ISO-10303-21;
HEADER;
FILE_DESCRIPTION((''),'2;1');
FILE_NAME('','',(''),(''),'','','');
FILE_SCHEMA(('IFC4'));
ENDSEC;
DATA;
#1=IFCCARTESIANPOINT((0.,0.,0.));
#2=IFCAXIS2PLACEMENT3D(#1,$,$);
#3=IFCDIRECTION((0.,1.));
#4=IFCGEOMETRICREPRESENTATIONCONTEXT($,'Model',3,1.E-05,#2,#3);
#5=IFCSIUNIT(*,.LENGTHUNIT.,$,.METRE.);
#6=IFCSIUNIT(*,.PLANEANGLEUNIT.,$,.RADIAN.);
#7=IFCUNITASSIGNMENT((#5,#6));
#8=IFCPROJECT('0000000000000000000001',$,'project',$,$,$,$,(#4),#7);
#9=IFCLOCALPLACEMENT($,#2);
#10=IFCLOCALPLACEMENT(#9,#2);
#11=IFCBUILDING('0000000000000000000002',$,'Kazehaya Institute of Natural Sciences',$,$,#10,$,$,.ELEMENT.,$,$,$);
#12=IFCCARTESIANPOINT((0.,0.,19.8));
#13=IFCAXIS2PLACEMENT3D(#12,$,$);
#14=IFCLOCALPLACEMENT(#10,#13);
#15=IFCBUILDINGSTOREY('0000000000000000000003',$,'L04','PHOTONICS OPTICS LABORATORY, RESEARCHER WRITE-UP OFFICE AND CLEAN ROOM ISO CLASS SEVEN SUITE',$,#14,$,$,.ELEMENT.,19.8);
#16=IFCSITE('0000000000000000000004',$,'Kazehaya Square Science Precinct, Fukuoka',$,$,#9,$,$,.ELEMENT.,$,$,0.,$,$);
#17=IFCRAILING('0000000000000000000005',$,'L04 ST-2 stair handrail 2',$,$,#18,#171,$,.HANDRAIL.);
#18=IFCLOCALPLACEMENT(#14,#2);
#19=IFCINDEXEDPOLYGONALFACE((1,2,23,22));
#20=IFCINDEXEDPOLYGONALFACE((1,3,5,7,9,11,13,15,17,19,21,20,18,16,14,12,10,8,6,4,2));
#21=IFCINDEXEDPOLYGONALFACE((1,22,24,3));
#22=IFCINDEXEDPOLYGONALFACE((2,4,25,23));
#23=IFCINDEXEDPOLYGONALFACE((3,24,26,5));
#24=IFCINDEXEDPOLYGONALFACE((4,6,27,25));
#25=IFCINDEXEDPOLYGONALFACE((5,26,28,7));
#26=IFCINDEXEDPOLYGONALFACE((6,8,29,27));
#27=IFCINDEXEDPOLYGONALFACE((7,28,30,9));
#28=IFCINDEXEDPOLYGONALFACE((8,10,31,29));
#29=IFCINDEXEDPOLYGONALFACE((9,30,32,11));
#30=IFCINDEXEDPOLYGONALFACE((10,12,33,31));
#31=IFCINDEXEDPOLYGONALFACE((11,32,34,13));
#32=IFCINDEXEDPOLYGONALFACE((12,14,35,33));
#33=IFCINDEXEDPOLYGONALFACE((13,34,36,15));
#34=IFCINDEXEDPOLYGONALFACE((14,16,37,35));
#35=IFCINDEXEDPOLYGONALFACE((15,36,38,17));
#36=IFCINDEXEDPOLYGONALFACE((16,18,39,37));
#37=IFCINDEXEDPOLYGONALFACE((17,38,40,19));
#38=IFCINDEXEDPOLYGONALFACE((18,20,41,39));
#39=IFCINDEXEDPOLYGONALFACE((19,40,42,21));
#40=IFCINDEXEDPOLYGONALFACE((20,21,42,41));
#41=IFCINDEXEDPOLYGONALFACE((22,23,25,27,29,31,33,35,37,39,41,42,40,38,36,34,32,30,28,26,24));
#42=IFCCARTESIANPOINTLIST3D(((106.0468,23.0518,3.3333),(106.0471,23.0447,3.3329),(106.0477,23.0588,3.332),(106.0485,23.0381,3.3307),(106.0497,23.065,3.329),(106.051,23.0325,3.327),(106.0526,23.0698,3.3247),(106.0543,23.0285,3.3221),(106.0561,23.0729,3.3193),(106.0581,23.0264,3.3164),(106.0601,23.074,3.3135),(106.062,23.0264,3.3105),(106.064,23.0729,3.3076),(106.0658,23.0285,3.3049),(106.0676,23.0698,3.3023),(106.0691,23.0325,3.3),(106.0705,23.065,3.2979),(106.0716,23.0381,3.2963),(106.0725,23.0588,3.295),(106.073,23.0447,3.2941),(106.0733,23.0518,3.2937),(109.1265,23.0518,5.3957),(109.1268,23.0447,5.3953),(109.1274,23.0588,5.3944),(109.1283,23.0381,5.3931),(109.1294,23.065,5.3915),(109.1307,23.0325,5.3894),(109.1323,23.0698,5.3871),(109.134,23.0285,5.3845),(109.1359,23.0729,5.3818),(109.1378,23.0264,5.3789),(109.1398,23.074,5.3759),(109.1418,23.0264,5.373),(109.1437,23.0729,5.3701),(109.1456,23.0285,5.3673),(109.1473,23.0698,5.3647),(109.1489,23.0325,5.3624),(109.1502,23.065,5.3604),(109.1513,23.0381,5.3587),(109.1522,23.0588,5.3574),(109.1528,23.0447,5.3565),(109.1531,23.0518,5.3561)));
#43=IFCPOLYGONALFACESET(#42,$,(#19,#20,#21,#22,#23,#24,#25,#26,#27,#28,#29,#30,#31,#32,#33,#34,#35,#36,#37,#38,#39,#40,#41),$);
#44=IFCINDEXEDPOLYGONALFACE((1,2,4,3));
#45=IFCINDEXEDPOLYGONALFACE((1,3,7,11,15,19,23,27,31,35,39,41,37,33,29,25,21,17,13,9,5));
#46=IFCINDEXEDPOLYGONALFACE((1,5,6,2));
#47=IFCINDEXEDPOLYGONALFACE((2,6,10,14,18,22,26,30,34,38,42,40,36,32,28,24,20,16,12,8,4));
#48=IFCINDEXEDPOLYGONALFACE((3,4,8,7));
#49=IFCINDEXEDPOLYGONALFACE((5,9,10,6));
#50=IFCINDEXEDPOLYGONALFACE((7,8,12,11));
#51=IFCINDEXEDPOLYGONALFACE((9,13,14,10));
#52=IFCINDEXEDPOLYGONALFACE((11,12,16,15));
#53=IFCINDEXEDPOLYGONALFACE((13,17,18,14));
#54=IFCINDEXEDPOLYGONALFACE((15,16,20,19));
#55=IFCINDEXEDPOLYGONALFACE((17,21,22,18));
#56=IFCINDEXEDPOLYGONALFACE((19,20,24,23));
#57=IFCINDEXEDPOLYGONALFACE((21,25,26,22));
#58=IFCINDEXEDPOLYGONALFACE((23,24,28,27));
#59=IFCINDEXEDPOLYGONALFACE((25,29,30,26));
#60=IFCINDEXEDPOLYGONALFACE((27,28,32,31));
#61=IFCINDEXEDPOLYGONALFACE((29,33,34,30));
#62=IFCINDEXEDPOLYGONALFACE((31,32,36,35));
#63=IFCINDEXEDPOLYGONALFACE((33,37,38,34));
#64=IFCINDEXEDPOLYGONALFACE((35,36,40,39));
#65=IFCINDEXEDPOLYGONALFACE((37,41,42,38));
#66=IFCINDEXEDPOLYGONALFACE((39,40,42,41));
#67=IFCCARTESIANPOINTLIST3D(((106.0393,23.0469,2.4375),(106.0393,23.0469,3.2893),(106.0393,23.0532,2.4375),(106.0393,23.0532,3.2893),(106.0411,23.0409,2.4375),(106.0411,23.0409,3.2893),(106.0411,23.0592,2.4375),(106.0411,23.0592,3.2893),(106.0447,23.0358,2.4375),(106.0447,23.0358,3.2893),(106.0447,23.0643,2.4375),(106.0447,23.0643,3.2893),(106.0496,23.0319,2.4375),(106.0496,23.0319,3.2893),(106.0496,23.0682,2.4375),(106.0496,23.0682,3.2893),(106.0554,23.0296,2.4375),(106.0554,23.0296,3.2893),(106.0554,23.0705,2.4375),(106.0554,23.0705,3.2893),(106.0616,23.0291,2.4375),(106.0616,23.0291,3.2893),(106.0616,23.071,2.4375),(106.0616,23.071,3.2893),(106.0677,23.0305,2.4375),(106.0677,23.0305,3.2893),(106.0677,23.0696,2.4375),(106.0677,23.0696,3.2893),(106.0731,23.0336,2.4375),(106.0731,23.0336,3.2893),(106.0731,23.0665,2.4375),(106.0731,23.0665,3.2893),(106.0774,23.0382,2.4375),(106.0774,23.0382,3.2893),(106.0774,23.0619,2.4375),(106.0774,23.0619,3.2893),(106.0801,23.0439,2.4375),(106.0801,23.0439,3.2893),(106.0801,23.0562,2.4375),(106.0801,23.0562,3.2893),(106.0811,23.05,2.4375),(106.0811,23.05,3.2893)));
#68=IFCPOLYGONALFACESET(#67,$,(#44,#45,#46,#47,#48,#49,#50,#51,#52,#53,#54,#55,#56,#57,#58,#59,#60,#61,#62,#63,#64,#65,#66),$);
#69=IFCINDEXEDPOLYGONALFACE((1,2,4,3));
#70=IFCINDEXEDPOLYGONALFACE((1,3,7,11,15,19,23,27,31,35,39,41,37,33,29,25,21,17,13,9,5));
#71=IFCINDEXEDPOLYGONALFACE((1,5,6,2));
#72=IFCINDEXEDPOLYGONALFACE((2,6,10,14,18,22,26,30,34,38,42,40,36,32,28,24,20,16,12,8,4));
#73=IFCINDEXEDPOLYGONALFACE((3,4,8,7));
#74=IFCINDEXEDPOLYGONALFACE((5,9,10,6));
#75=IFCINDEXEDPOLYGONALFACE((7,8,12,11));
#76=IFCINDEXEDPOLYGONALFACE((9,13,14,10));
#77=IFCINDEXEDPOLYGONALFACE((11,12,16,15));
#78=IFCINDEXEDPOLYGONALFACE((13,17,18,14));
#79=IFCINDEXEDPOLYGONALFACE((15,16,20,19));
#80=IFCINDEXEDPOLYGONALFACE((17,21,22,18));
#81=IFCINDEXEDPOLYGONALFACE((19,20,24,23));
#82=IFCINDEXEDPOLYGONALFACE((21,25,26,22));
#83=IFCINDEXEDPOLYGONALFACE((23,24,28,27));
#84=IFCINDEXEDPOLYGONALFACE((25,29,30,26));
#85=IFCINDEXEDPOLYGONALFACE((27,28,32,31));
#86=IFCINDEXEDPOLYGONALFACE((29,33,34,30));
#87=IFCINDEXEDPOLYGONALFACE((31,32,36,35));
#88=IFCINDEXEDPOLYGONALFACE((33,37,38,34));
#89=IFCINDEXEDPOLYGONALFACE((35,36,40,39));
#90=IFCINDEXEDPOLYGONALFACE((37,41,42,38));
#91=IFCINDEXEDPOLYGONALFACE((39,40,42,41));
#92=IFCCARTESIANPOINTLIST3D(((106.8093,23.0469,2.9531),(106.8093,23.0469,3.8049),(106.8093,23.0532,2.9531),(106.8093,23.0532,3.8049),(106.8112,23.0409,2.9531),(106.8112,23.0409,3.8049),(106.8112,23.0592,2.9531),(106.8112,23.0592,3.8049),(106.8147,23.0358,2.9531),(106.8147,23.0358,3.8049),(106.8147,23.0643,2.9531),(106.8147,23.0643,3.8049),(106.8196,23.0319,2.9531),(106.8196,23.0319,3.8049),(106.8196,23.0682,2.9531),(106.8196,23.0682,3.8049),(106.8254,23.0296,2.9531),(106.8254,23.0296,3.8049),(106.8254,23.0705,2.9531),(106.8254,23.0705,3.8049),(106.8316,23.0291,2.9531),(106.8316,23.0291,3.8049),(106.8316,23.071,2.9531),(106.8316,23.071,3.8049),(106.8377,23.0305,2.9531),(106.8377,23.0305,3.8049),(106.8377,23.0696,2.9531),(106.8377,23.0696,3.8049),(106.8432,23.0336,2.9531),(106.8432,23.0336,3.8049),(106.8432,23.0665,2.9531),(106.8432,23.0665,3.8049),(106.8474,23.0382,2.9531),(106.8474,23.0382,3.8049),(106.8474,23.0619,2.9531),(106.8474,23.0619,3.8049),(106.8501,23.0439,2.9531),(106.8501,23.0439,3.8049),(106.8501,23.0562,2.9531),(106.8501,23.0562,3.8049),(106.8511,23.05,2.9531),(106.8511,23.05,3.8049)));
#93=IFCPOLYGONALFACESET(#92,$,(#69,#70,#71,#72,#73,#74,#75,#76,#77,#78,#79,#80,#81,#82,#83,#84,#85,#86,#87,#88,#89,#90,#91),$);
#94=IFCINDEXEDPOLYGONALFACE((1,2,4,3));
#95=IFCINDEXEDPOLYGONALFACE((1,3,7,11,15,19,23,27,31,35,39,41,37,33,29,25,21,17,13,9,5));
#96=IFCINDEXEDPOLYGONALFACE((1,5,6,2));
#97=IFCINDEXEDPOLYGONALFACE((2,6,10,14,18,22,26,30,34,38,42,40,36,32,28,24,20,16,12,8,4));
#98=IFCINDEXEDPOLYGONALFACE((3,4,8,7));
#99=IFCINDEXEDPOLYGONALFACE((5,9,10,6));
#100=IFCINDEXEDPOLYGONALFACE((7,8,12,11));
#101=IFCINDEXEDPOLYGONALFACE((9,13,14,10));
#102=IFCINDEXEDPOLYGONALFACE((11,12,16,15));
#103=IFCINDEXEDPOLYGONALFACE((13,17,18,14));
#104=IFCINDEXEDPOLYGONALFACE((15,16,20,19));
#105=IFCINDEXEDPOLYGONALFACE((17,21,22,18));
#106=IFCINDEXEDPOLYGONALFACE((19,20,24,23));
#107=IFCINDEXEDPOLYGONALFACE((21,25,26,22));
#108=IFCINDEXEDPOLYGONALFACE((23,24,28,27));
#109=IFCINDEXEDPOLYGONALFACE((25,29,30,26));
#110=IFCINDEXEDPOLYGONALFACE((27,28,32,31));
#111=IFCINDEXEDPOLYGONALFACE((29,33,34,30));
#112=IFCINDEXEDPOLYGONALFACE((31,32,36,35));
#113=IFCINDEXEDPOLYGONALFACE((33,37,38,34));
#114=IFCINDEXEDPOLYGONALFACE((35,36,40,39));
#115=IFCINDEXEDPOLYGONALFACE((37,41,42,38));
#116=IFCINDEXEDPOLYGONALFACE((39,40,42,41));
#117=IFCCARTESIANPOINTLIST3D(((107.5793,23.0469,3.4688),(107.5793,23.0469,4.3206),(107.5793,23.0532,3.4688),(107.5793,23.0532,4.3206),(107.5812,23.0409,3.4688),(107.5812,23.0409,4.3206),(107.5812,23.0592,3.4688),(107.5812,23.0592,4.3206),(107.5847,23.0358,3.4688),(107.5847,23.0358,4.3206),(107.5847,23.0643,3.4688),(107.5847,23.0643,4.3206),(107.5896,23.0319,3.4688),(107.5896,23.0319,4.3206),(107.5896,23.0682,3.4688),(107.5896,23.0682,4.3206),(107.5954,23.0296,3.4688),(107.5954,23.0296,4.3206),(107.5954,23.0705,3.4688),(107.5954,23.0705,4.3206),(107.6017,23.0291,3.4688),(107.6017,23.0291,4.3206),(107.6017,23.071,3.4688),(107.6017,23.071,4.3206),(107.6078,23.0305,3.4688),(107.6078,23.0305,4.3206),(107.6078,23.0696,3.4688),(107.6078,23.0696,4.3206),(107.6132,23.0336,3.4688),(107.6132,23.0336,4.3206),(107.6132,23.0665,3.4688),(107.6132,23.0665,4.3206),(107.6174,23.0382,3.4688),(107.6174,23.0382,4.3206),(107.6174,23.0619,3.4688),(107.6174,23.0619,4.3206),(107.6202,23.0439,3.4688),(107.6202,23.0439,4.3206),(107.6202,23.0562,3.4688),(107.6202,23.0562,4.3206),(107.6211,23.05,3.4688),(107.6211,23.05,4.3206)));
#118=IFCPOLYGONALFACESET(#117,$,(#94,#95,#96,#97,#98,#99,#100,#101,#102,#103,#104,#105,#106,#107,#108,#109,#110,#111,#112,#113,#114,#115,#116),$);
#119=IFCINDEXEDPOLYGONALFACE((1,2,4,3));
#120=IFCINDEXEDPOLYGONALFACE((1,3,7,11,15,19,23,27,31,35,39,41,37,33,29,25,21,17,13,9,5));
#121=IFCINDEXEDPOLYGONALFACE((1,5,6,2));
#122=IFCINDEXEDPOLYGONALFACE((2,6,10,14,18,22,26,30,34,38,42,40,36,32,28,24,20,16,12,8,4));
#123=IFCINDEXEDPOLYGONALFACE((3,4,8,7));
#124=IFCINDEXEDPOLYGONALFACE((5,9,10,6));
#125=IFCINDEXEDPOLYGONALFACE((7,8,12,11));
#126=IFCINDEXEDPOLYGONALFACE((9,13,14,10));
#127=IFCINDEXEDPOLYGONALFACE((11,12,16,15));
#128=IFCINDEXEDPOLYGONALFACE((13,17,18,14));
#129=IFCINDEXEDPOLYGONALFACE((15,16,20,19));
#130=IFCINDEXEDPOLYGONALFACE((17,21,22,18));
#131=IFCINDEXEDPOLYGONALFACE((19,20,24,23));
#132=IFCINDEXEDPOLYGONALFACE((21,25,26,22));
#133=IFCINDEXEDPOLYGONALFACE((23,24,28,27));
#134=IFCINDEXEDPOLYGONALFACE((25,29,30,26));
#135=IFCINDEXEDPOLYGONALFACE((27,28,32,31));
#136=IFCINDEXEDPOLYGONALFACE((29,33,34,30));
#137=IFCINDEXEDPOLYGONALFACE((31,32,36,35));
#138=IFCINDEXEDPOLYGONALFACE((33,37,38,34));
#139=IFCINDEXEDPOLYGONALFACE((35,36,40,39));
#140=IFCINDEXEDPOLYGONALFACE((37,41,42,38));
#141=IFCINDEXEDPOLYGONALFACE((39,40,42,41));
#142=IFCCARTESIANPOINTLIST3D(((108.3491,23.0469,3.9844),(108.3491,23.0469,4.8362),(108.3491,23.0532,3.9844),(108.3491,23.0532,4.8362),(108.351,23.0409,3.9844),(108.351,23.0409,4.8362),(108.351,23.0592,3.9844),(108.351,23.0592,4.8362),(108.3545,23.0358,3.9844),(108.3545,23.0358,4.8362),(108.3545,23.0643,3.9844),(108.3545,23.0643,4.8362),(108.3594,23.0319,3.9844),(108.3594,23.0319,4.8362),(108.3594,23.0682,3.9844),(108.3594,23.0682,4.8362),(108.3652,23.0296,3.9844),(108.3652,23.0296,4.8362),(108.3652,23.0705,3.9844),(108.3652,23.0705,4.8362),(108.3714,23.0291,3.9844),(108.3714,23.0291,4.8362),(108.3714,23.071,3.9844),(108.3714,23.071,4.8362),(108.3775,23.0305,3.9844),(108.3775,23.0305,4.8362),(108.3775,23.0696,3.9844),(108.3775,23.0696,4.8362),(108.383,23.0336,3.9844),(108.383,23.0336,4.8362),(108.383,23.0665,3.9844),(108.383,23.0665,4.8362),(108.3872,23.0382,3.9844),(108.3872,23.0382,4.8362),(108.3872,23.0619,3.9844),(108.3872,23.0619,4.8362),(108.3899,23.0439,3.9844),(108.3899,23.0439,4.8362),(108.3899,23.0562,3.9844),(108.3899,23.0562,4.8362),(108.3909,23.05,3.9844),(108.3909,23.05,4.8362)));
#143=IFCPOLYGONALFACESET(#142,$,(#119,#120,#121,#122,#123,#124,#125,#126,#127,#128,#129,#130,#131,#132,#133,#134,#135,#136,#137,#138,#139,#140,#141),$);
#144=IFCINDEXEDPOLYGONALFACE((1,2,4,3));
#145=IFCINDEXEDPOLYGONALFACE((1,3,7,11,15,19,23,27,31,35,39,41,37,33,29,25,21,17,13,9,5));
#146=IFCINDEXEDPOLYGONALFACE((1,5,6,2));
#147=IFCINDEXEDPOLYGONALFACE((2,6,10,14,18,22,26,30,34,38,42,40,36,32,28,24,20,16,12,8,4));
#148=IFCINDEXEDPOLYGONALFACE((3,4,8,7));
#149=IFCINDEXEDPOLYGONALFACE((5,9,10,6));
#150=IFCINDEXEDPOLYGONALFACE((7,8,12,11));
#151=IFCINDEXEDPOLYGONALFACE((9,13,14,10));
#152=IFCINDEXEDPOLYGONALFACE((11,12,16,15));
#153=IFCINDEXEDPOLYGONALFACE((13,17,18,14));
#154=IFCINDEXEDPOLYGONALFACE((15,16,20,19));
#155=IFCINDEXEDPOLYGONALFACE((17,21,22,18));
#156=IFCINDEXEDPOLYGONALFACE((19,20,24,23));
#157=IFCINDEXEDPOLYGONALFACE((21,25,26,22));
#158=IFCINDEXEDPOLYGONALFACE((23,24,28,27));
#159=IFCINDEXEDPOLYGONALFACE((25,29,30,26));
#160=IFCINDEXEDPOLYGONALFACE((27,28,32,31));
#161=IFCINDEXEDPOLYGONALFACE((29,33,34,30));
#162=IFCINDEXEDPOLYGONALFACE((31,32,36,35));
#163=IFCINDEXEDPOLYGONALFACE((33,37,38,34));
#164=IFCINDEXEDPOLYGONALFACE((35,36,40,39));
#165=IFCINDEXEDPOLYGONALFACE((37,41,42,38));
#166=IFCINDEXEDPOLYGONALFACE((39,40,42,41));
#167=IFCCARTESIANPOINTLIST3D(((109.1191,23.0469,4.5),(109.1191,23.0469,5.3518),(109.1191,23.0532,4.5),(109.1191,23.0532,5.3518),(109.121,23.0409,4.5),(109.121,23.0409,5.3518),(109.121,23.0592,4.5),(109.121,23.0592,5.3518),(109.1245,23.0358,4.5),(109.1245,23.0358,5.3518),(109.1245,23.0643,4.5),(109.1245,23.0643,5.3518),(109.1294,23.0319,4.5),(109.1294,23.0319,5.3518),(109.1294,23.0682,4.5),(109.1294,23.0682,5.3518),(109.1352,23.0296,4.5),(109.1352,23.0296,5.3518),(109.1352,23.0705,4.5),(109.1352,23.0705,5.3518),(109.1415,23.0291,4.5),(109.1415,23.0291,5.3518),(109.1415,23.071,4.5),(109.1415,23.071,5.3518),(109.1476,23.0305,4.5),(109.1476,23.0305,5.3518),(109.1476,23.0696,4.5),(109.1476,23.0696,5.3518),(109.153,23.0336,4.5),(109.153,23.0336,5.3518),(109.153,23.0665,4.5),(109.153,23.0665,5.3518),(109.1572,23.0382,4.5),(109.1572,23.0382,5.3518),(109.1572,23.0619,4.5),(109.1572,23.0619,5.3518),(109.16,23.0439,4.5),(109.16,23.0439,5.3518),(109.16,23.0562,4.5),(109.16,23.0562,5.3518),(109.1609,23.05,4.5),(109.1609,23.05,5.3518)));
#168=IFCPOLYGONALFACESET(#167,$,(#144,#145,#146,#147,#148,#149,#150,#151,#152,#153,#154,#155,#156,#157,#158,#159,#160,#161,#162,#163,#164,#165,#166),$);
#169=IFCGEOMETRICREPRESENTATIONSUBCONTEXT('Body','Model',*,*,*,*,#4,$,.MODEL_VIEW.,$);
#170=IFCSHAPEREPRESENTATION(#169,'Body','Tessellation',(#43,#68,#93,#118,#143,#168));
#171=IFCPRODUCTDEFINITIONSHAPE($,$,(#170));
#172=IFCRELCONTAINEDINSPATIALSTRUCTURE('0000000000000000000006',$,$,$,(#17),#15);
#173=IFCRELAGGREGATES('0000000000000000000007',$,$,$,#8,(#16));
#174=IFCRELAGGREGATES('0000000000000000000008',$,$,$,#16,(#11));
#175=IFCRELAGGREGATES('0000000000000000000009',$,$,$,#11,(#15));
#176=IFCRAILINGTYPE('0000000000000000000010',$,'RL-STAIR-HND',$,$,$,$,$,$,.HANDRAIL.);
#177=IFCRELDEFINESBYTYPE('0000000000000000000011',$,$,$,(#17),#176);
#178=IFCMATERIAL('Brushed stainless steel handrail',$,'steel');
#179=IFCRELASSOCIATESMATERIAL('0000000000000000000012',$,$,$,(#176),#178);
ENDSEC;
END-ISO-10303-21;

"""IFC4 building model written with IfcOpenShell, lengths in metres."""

from ifc_helpers import new_model, si_unit, direction, frame, origin, origin_2d, place, context, subcontext, project, spatial, circle, extrude, material, type_object, element, save


model = new_model("IFC4")

# Units and contexts
model_context = context("Model", 3, precision=1e-05, world=origin(), true_north=direction((0.0, 1.0)))
body_context = subcontext(model_context, "Body", "Model", "MODEL_VIEW")
ifc_project = project(units=[si_unit("LENGTHUNIT", "METRE"), si_unit("PLANEANGLEUNIT", "RADIAN")], contexts=[model_context])

# Site, building, storey
site_placement = place(None, origin())
site = spatial("IfcSite", under=ifc_project, at=site_placement, Name="Kazehaya Square Science Precinct, Fukuoka", CompositionType="ELEMENT", RefElevation=0.0)
building_placement = place(site_placement, origin())
building = spatial("IfcBuilding", under=site, at=building_placement, Name="Kazehaya Institute of Natural Sciences", CompositionType="ELEMENT")
storey_placement = place(building_placement, frame((0.0, 0.0, 19.8)))
storey = spatial("IfcBuildingStorey", under=building, at=storey_placement, Name="L04", Description="PHOTONICS OPTICS LABORATORY, RESEARCHER WRITE-UP OFFICE AND CLEAN ROOM ISO CLASS SEVEN SUITE", CompositionType="ELEMENT", Elevation=19.8)

# Railing
ifc_material_1 = material(Name="Brushed stainless steel handrail", Category="steel")
railing_type_1 = type_object("IfcRailingType", Name="RL-STAIR-HND", PredefinedType="HANDRAIL", material=ifc_material_1)
railing_1_placement = place(storey_placement, frame((106.0601, 23.05, 2.4375)))
element("IfcRailing", 1, at=railing_1_placement, inside=storey, type_object=railing_type_1, Name="L04 ST-2 stair handrail 2", PredefinedType="HANDRAIL", context=body_context, shape_type="SweptSolid", body=[
    extrude(circle(Radius=0.0239, at=origin_2d()), frame((0.0, 0.0, 0.876), z_axis=(0.830893, 0.0, 0.556432), x_axis=(0.0, 1.0, 0.0)), (0.0, 0.0, 1.0), 3.7065),
    extrude(circle(Radius=0.021, at=origin_2d()), origin(), (0.0, 0.0, 1.0), 0.8518),
    extrude(circle(Radius=0.021, at=origin_2d()), frame((0.77, 0.0, 0.5156)), (0.0, 0.0, 1.0), 0.8518),
    extrude(circle(Radius=0.021, at=origin_2d()), frame((1.54, 0.0, 1.0312)), (0.0, 0.0, 1.0), 0.8518),
    extrude(circle(Radius=0.021, at=origin_2d()), frame((2.3098, 0.0, 1.5469)), (0.0, 0.0, 1.0), 0.8518),
    extrude(circle(Radius=0.021, at=origin_2d()), frame((3.0798, 0.0, 2.0625)), (0.0, 0.0, 1.0), 0.8518),
])

save(model, "model.ifc")
